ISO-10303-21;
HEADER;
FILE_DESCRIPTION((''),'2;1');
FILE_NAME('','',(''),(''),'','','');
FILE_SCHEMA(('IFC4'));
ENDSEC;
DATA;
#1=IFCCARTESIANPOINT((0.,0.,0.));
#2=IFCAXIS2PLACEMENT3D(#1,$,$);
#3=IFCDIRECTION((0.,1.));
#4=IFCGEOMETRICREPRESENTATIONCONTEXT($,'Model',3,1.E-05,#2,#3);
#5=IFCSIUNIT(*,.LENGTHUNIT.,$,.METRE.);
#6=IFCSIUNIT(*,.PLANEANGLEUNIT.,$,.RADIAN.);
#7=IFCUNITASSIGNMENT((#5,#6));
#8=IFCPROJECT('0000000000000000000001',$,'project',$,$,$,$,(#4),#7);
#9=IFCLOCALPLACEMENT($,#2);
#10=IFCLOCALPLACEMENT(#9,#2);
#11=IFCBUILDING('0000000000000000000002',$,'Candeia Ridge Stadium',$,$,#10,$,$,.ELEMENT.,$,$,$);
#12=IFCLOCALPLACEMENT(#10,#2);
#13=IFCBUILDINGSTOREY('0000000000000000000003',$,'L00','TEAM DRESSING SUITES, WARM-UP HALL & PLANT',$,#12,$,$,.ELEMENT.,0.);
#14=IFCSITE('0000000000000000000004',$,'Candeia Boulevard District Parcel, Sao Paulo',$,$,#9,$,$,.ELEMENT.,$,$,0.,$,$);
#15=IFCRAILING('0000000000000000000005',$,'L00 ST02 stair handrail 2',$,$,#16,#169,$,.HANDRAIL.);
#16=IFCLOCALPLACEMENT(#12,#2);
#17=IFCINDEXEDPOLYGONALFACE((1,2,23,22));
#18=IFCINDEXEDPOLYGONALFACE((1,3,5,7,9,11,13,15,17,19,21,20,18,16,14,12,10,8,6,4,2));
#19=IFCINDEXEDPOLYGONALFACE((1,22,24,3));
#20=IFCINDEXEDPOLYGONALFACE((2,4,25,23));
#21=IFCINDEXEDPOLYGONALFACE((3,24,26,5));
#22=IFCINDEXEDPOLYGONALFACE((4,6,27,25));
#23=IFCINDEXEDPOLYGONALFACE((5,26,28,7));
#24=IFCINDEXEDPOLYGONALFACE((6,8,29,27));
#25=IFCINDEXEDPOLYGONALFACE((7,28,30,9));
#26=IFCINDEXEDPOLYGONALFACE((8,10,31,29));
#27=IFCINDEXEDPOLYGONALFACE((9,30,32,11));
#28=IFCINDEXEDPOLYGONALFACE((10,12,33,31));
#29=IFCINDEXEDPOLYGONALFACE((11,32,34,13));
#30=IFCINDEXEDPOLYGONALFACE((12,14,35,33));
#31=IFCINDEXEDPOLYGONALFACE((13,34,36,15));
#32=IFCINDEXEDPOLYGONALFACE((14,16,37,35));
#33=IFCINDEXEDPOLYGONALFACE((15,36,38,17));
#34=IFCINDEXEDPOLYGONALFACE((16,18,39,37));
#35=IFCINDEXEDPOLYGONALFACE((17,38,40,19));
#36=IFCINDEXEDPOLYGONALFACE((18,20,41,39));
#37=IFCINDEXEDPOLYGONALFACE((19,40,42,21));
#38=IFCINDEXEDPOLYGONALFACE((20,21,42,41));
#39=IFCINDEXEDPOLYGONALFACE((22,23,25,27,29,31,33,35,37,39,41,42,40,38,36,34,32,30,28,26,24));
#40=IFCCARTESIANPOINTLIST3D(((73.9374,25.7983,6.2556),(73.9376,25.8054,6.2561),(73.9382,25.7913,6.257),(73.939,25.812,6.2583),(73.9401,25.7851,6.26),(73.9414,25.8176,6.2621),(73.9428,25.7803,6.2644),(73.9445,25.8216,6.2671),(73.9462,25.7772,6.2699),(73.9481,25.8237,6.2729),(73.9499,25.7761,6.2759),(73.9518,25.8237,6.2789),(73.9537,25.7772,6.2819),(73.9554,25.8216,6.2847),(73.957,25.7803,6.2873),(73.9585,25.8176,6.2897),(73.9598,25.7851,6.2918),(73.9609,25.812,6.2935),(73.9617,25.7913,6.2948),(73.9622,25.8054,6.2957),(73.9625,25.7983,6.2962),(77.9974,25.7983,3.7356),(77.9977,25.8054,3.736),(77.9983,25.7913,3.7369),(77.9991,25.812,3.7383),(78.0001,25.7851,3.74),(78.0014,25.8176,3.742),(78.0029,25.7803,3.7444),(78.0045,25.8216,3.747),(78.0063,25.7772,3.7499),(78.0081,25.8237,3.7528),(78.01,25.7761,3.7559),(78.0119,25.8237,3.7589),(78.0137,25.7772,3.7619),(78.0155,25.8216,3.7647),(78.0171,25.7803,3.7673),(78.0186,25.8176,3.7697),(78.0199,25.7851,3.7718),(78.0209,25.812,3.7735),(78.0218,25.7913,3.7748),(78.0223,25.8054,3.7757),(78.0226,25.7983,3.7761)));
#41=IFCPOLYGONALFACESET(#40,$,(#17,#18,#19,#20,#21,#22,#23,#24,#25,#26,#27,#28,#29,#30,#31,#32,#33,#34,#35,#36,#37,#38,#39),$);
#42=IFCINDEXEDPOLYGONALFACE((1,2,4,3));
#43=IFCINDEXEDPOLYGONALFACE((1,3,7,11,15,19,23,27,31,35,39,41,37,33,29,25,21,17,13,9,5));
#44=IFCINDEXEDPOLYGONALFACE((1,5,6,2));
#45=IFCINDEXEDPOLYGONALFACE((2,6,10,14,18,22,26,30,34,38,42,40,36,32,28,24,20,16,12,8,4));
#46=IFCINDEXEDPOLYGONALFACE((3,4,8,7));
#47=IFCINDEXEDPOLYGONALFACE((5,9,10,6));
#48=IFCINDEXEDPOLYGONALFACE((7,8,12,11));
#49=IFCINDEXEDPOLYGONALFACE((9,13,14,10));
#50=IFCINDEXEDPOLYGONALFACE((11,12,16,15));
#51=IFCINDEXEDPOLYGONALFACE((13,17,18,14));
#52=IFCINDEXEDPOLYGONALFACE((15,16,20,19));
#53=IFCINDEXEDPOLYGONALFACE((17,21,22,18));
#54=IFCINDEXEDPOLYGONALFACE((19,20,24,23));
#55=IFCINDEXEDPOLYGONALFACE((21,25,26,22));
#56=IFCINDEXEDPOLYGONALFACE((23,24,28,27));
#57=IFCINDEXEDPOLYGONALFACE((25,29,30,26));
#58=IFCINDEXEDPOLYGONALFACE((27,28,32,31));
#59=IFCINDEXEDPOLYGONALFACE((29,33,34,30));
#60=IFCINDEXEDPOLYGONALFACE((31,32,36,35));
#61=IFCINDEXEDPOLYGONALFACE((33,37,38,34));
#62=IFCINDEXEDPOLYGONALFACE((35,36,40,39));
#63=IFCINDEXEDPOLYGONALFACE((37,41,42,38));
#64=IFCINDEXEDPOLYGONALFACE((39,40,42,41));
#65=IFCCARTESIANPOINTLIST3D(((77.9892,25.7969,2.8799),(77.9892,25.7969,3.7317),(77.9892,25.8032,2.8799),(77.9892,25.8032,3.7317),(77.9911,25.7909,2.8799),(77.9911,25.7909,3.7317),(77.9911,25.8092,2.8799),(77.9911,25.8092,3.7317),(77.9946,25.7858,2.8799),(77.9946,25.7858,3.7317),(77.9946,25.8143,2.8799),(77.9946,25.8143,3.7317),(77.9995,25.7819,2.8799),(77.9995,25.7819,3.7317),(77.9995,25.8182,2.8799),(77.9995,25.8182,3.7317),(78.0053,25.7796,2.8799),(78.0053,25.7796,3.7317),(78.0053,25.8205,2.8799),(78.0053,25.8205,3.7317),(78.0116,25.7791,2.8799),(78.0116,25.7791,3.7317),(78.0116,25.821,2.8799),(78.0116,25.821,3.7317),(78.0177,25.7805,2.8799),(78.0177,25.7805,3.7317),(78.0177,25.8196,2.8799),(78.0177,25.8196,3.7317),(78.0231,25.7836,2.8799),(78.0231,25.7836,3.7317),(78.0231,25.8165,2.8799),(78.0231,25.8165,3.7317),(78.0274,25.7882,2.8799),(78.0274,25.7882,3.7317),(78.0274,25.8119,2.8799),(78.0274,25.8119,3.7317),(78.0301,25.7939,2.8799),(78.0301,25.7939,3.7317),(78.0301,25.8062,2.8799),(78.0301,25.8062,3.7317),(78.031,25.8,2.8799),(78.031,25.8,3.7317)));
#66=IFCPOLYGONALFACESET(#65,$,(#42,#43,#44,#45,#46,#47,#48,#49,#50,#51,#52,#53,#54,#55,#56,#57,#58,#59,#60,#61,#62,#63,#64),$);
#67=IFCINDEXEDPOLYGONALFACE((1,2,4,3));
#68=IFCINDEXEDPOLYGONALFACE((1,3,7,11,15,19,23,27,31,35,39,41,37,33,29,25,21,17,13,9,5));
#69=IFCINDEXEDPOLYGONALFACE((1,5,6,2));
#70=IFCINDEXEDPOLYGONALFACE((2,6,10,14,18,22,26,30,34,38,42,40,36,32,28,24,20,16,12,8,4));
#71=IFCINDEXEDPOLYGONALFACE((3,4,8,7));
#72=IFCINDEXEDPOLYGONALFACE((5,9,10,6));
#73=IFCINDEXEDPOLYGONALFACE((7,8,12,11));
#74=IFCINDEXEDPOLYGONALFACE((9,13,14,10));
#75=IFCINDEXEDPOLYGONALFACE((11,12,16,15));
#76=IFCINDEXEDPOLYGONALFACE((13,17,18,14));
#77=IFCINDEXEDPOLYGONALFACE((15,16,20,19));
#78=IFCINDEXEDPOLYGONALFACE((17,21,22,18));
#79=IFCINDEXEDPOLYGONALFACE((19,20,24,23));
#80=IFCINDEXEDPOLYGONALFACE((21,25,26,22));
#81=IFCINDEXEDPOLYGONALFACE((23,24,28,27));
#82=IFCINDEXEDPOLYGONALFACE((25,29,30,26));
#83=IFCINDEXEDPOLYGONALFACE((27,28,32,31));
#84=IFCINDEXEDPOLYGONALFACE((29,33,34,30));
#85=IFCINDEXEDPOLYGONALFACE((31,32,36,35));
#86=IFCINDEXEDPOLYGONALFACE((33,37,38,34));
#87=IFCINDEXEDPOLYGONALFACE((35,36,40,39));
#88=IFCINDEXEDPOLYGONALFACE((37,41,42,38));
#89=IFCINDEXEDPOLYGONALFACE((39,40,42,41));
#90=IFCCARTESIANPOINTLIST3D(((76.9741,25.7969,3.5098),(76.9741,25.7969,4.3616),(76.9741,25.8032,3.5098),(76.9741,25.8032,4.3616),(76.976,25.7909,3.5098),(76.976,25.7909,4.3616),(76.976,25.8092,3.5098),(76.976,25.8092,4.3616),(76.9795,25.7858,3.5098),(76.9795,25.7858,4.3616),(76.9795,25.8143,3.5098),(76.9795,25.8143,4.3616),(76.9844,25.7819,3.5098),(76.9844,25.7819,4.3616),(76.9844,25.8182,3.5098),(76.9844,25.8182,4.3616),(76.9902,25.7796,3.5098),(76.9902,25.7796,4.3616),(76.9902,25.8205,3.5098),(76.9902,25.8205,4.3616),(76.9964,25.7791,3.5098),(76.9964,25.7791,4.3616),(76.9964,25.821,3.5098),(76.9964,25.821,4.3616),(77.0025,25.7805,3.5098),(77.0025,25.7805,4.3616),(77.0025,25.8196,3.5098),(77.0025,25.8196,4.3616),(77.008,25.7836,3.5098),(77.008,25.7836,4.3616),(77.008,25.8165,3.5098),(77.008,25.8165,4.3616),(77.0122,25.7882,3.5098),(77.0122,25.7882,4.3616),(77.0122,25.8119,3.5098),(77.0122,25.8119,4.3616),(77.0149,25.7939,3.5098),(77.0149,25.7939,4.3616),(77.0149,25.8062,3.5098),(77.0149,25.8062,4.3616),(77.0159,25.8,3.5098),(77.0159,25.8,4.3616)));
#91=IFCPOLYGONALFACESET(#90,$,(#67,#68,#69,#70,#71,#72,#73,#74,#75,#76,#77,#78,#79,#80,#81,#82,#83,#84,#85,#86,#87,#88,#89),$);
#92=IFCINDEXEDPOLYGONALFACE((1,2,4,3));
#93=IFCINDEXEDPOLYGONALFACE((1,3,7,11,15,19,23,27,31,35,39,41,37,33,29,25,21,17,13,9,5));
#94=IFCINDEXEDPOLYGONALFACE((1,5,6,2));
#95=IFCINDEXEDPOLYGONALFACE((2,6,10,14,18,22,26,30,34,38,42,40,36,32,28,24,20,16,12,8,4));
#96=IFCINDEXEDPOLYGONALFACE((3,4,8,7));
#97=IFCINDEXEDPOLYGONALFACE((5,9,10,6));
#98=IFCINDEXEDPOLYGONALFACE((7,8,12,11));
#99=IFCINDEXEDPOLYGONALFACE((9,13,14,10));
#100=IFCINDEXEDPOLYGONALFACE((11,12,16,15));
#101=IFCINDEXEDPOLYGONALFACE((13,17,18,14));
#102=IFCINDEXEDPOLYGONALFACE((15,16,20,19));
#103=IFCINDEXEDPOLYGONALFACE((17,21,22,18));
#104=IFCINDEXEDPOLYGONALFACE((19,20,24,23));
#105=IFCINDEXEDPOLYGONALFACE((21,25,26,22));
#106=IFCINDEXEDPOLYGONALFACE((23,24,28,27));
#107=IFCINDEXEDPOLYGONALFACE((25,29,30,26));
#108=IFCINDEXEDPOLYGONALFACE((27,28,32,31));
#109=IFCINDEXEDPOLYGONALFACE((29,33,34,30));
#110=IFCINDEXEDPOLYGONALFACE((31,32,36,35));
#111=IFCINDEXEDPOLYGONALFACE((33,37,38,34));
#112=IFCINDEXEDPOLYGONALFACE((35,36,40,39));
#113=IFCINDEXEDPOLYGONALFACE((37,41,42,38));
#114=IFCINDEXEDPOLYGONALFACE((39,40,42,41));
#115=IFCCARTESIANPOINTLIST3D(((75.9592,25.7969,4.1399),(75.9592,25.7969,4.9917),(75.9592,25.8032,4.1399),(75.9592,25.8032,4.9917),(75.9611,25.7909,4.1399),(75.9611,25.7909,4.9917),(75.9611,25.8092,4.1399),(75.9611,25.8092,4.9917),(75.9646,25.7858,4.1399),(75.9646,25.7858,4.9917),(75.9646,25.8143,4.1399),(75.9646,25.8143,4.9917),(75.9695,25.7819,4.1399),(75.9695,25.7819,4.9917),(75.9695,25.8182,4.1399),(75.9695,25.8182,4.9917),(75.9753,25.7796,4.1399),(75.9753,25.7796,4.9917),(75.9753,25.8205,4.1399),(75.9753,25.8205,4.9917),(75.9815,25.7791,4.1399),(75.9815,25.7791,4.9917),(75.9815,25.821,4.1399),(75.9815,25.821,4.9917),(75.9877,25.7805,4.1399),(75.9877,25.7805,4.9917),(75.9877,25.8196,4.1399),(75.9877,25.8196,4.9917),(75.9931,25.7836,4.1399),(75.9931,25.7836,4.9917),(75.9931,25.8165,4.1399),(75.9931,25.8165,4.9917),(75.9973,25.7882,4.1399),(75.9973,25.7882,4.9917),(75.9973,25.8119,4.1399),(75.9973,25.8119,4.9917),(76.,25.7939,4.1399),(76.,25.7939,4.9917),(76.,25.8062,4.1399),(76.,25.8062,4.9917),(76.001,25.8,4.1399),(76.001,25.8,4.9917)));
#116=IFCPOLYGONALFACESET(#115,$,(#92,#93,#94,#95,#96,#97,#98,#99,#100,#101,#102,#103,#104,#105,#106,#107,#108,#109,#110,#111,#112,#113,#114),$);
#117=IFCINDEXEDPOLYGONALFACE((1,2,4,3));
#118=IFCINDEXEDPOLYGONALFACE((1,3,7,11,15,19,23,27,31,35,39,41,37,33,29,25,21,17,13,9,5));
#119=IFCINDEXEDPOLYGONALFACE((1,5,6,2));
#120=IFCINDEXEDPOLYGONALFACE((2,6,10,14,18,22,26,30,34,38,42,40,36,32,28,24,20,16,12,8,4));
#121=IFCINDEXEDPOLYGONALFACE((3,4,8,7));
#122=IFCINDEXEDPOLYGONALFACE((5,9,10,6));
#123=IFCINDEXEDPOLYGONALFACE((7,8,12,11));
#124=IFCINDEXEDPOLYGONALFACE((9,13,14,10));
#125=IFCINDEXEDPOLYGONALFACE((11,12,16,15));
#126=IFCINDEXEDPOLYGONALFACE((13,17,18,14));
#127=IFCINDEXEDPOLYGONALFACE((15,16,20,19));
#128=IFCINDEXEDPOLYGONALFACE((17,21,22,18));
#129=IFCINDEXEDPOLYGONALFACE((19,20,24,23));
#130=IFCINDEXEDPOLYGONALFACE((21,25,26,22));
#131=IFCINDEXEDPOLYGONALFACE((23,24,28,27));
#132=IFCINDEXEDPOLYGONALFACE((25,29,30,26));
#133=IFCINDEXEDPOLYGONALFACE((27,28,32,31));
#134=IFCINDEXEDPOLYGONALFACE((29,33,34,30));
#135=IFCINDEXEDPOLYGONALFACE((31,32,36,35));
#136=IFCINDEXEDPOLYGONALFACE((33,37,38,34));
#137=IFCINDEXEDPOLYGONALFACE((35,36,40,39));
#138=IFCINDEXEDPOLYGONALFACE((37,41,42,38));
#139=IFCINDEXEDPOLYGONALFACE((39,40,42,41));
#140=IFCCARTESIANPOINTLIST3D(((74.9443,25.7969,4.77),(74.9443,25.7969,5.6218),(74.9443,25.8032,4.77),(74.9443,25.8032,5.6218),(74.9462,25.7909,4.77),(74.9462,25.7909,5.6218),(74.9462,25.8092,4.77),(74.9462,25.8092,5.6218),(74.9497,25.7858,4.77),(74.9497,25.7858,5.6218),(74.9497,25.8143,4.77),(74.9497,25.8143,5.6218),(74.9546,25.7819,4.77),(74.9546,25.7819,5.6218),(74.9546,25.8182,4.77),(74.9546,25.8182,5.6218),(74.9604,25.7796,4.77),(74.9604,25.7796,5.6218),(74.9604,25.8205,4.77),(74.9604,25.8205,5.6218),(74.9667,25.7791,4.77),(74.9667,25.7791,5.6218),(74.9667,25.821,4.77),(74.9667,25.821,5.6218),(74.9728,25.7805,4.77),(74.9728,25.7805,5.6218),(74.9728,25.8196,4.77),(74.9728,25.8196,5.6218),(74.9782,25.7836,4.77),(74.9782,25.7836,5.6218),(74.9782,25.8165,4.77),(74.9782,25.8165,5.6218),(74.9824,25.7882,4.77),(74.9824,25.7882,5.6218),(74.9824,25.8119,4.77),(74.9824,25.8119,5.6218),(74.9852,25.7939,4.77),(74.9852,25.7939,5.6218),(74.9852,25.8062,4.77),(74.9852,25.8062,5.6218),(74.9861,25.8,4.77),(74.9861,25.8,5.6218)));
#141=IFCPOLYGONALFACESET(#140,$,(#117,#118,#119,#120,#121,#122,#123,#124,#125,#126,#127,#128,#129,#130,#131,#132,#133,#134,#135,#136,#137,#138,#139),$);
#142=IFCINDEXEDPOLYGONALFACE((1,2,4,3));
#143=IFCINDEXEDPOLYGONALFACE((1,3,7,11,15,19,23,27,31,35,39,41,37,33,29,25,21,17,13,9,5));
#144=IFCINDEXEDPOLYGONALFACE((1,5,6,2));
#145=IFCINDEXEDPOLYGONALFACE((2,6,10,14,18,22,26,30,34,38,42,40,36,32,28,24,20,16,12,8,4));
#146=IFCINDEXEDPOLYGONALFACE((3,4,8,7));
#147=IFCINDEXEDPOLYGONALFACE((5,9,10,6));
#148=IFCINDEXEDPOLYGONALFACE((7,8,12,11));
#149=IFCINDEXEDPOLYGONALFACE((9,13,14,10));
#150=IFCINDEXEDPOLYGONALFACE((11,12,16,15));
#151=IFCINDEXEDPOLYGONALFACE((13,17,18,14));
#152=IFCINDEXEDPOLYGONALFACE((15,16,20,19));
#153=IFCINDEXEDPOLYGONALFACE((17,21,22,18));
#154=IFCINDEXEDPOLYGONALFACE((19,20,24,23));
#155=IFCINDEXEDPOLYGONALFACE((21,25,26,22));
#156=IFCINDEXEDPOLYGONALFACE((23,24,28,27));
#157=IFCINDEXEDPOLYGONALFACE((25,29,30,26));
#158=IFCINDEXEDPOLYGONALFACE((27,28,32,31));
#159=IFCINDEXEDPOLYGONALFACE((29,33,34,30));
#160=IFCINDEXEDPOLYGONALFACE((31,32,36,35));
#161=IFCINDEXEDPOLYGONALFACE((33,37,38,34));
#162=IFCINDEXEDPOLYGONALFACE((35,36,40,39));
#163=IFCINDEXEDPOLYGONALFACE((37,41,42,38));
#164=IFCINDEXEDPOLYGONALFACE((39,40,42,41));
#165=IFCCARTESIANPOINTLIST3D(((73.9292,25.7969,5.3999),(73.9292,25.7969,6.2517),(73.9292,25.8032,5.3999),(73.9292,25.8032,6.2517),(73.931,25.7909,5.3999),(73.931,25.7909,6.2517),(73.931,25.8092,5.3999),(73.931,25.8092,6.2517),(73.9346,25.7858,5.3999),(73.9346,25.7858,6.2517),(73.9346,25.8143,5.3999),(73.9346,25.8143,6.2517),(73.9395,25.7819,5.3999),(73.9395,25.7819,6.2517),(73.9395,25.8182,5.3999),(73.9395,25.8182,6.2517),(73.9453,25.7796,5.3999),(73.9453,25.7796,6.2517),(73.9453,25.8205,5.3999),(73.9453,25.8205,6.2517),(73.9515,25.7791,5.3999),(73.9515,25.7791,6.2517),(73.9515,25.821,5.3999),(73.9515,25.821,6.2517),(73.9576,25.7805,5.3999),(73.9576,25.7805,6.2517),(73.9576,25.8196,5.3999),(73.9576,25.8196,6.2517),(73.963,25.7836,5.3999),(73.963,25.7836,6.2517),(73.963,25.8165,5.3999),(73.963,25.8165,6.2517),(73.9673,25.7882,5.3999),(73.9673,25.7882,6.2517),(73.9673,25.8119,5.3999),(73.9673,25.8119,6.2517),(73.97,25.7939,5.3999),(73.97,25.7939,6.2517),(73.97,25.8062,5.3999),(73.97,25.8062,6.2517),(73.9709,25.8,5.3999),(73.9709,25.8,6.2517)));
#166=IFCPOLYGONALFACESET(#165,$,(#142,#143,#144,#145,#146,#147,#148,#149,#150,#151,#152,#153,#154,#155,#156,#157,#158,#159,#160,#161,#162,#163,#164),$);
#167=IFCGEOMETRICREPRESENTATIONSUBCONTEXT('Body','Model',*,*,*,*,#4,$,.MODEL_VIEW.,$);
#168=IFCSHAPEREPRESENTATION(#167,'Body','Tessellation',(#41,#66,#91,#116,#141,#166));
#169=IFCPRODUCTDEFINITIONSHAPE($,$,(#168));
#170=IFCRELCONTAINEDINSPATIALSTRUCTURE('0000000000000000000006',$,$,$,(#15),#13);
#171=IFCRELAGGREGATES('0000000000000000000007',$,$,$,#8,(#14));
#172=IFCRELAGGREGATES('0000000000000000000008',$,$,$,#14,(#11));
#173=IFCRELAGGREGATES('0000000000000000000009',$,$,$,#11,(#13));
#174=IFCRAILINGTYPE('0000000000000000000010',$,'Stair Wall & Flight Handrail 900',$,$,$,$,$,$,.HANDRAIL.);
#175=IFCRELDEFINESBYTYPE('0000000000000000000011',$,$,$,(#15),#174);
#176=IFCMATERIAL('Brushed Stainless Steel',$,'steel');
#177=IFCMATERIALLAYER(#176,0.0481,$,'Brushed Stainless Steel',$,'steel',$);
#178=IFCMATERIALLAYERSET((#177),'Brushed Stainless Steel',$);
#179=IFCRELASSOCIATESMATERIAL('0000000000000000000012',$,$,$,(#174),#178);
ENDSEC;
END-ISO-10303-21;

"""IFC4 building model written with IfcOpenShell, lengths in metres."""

from ifc_helpers import new_model, si_unit, direction, frame, origin, origin_2d, place, context, subcontext, project, spatial, circle, extrude, material, layer, layer_set, type_object, element, save


model = new_model("IFC4")

# Units and contexts
model_context = context("Model", 3, precision=1e-05, world=origin(), true_north=direction((0.0, 1.0)))
body_context = subcontext(model_context, "Body", "Model", "MODEL_VIEW")
ifc_project = project(units=[si_unit("LENGTHUNIT", "METRE"), si_unit("PLANEANGLEUNIT", "RADIAN")], contexts=[model_context])

# Site, building, storey
site_placement = place(None, origin())
site = spatial("IfcSite", under=ifc_project, at=site_placement, Name="Candeia Boulevard District Parcel, Sao Paulo", CompositionType="ELEMENT", RefElevation=0.0)
building_placement = place(site_placement, origin())
building = spatial("IfcBuilding", under=site, at=building_placement, Name="Candeia Ridge Stadium", CompositionType="ELEMENT")
storey_placement = place(building_placement, origin())
storey = spatial("IfcBuildingStorey", under=building, at=storey_placement, Name="L00", Description="TEAM DRESSING SUITES, WARM-UP HALL & PLANT", CompositionType="ELEMENT", Elevation=0.0)

# Railing
ifc_material_1 = material(Name="Brushed Stainless Steel", Category="steel")
ifc_layer_1 = layer(ifc_material_1, 0.0481, Name="Brushed Stainless Steel", Category="steel")
ifc_layer_set_1 = layer_set([ifc_layer_1], Name="Brushed Stainless Steel")
railing_type_1 = type_object("IfcRailingType", Name="Stair Wall & Flight Handrail 900", PredefinedType="HANDRAIL", material=ifc_layer_set_1)
railing_1_placement = place(storey_placement, frame((78.01, 25.8, 2.8799)))
element("IfcRailing", 1, at=railing_1_placement, inside=storey, type_object=railing_type_1, Name="L00 ST02 stair handrail 2", PredefinedType="HANDRAIL", context=body_context, shape_type="SweptSolid", body=[
    extrude(circle(Radius=0.0239, at=origin_2d()), frame((0.0, 0.0, 0.876), z_axis=(-0.849642, 0.0, 0.52736), x_axis=(0.0, -1.0, 0.0)), (0.0, 0.0, 1.0), 4.7786),
    extrude(circle(Radius=0.021, at=origin_2d()), origin(), (0.0, 0.0, 1.0), 0.8518),
    extrude(circle(Radius=0.021, at=origin_2d()), frame((-1.0151, 0.0, 0.6299)), (0.0, 0.0, 1.0), 0.8518),
    extrude(circle(Radius=0.021, at=origin_2d()), frame((-2.03, 0.0, 1.26)), (0.0, 0.0, 1.0), 0.8518),
    extrude(circle(Radius=0.021, at=origin_2d()), frame((-3.0449, 0.0, 1.8901)), (0.0, 0.0, 1.0), 0.8518),
    extrude(circle(Radius=0.021, at=origin_2d()), frame((-4.0601, 0.0, 2.52)), (0.0, 0.0, 1.0), 0.8518),
])

save(model, "model.ifc")
